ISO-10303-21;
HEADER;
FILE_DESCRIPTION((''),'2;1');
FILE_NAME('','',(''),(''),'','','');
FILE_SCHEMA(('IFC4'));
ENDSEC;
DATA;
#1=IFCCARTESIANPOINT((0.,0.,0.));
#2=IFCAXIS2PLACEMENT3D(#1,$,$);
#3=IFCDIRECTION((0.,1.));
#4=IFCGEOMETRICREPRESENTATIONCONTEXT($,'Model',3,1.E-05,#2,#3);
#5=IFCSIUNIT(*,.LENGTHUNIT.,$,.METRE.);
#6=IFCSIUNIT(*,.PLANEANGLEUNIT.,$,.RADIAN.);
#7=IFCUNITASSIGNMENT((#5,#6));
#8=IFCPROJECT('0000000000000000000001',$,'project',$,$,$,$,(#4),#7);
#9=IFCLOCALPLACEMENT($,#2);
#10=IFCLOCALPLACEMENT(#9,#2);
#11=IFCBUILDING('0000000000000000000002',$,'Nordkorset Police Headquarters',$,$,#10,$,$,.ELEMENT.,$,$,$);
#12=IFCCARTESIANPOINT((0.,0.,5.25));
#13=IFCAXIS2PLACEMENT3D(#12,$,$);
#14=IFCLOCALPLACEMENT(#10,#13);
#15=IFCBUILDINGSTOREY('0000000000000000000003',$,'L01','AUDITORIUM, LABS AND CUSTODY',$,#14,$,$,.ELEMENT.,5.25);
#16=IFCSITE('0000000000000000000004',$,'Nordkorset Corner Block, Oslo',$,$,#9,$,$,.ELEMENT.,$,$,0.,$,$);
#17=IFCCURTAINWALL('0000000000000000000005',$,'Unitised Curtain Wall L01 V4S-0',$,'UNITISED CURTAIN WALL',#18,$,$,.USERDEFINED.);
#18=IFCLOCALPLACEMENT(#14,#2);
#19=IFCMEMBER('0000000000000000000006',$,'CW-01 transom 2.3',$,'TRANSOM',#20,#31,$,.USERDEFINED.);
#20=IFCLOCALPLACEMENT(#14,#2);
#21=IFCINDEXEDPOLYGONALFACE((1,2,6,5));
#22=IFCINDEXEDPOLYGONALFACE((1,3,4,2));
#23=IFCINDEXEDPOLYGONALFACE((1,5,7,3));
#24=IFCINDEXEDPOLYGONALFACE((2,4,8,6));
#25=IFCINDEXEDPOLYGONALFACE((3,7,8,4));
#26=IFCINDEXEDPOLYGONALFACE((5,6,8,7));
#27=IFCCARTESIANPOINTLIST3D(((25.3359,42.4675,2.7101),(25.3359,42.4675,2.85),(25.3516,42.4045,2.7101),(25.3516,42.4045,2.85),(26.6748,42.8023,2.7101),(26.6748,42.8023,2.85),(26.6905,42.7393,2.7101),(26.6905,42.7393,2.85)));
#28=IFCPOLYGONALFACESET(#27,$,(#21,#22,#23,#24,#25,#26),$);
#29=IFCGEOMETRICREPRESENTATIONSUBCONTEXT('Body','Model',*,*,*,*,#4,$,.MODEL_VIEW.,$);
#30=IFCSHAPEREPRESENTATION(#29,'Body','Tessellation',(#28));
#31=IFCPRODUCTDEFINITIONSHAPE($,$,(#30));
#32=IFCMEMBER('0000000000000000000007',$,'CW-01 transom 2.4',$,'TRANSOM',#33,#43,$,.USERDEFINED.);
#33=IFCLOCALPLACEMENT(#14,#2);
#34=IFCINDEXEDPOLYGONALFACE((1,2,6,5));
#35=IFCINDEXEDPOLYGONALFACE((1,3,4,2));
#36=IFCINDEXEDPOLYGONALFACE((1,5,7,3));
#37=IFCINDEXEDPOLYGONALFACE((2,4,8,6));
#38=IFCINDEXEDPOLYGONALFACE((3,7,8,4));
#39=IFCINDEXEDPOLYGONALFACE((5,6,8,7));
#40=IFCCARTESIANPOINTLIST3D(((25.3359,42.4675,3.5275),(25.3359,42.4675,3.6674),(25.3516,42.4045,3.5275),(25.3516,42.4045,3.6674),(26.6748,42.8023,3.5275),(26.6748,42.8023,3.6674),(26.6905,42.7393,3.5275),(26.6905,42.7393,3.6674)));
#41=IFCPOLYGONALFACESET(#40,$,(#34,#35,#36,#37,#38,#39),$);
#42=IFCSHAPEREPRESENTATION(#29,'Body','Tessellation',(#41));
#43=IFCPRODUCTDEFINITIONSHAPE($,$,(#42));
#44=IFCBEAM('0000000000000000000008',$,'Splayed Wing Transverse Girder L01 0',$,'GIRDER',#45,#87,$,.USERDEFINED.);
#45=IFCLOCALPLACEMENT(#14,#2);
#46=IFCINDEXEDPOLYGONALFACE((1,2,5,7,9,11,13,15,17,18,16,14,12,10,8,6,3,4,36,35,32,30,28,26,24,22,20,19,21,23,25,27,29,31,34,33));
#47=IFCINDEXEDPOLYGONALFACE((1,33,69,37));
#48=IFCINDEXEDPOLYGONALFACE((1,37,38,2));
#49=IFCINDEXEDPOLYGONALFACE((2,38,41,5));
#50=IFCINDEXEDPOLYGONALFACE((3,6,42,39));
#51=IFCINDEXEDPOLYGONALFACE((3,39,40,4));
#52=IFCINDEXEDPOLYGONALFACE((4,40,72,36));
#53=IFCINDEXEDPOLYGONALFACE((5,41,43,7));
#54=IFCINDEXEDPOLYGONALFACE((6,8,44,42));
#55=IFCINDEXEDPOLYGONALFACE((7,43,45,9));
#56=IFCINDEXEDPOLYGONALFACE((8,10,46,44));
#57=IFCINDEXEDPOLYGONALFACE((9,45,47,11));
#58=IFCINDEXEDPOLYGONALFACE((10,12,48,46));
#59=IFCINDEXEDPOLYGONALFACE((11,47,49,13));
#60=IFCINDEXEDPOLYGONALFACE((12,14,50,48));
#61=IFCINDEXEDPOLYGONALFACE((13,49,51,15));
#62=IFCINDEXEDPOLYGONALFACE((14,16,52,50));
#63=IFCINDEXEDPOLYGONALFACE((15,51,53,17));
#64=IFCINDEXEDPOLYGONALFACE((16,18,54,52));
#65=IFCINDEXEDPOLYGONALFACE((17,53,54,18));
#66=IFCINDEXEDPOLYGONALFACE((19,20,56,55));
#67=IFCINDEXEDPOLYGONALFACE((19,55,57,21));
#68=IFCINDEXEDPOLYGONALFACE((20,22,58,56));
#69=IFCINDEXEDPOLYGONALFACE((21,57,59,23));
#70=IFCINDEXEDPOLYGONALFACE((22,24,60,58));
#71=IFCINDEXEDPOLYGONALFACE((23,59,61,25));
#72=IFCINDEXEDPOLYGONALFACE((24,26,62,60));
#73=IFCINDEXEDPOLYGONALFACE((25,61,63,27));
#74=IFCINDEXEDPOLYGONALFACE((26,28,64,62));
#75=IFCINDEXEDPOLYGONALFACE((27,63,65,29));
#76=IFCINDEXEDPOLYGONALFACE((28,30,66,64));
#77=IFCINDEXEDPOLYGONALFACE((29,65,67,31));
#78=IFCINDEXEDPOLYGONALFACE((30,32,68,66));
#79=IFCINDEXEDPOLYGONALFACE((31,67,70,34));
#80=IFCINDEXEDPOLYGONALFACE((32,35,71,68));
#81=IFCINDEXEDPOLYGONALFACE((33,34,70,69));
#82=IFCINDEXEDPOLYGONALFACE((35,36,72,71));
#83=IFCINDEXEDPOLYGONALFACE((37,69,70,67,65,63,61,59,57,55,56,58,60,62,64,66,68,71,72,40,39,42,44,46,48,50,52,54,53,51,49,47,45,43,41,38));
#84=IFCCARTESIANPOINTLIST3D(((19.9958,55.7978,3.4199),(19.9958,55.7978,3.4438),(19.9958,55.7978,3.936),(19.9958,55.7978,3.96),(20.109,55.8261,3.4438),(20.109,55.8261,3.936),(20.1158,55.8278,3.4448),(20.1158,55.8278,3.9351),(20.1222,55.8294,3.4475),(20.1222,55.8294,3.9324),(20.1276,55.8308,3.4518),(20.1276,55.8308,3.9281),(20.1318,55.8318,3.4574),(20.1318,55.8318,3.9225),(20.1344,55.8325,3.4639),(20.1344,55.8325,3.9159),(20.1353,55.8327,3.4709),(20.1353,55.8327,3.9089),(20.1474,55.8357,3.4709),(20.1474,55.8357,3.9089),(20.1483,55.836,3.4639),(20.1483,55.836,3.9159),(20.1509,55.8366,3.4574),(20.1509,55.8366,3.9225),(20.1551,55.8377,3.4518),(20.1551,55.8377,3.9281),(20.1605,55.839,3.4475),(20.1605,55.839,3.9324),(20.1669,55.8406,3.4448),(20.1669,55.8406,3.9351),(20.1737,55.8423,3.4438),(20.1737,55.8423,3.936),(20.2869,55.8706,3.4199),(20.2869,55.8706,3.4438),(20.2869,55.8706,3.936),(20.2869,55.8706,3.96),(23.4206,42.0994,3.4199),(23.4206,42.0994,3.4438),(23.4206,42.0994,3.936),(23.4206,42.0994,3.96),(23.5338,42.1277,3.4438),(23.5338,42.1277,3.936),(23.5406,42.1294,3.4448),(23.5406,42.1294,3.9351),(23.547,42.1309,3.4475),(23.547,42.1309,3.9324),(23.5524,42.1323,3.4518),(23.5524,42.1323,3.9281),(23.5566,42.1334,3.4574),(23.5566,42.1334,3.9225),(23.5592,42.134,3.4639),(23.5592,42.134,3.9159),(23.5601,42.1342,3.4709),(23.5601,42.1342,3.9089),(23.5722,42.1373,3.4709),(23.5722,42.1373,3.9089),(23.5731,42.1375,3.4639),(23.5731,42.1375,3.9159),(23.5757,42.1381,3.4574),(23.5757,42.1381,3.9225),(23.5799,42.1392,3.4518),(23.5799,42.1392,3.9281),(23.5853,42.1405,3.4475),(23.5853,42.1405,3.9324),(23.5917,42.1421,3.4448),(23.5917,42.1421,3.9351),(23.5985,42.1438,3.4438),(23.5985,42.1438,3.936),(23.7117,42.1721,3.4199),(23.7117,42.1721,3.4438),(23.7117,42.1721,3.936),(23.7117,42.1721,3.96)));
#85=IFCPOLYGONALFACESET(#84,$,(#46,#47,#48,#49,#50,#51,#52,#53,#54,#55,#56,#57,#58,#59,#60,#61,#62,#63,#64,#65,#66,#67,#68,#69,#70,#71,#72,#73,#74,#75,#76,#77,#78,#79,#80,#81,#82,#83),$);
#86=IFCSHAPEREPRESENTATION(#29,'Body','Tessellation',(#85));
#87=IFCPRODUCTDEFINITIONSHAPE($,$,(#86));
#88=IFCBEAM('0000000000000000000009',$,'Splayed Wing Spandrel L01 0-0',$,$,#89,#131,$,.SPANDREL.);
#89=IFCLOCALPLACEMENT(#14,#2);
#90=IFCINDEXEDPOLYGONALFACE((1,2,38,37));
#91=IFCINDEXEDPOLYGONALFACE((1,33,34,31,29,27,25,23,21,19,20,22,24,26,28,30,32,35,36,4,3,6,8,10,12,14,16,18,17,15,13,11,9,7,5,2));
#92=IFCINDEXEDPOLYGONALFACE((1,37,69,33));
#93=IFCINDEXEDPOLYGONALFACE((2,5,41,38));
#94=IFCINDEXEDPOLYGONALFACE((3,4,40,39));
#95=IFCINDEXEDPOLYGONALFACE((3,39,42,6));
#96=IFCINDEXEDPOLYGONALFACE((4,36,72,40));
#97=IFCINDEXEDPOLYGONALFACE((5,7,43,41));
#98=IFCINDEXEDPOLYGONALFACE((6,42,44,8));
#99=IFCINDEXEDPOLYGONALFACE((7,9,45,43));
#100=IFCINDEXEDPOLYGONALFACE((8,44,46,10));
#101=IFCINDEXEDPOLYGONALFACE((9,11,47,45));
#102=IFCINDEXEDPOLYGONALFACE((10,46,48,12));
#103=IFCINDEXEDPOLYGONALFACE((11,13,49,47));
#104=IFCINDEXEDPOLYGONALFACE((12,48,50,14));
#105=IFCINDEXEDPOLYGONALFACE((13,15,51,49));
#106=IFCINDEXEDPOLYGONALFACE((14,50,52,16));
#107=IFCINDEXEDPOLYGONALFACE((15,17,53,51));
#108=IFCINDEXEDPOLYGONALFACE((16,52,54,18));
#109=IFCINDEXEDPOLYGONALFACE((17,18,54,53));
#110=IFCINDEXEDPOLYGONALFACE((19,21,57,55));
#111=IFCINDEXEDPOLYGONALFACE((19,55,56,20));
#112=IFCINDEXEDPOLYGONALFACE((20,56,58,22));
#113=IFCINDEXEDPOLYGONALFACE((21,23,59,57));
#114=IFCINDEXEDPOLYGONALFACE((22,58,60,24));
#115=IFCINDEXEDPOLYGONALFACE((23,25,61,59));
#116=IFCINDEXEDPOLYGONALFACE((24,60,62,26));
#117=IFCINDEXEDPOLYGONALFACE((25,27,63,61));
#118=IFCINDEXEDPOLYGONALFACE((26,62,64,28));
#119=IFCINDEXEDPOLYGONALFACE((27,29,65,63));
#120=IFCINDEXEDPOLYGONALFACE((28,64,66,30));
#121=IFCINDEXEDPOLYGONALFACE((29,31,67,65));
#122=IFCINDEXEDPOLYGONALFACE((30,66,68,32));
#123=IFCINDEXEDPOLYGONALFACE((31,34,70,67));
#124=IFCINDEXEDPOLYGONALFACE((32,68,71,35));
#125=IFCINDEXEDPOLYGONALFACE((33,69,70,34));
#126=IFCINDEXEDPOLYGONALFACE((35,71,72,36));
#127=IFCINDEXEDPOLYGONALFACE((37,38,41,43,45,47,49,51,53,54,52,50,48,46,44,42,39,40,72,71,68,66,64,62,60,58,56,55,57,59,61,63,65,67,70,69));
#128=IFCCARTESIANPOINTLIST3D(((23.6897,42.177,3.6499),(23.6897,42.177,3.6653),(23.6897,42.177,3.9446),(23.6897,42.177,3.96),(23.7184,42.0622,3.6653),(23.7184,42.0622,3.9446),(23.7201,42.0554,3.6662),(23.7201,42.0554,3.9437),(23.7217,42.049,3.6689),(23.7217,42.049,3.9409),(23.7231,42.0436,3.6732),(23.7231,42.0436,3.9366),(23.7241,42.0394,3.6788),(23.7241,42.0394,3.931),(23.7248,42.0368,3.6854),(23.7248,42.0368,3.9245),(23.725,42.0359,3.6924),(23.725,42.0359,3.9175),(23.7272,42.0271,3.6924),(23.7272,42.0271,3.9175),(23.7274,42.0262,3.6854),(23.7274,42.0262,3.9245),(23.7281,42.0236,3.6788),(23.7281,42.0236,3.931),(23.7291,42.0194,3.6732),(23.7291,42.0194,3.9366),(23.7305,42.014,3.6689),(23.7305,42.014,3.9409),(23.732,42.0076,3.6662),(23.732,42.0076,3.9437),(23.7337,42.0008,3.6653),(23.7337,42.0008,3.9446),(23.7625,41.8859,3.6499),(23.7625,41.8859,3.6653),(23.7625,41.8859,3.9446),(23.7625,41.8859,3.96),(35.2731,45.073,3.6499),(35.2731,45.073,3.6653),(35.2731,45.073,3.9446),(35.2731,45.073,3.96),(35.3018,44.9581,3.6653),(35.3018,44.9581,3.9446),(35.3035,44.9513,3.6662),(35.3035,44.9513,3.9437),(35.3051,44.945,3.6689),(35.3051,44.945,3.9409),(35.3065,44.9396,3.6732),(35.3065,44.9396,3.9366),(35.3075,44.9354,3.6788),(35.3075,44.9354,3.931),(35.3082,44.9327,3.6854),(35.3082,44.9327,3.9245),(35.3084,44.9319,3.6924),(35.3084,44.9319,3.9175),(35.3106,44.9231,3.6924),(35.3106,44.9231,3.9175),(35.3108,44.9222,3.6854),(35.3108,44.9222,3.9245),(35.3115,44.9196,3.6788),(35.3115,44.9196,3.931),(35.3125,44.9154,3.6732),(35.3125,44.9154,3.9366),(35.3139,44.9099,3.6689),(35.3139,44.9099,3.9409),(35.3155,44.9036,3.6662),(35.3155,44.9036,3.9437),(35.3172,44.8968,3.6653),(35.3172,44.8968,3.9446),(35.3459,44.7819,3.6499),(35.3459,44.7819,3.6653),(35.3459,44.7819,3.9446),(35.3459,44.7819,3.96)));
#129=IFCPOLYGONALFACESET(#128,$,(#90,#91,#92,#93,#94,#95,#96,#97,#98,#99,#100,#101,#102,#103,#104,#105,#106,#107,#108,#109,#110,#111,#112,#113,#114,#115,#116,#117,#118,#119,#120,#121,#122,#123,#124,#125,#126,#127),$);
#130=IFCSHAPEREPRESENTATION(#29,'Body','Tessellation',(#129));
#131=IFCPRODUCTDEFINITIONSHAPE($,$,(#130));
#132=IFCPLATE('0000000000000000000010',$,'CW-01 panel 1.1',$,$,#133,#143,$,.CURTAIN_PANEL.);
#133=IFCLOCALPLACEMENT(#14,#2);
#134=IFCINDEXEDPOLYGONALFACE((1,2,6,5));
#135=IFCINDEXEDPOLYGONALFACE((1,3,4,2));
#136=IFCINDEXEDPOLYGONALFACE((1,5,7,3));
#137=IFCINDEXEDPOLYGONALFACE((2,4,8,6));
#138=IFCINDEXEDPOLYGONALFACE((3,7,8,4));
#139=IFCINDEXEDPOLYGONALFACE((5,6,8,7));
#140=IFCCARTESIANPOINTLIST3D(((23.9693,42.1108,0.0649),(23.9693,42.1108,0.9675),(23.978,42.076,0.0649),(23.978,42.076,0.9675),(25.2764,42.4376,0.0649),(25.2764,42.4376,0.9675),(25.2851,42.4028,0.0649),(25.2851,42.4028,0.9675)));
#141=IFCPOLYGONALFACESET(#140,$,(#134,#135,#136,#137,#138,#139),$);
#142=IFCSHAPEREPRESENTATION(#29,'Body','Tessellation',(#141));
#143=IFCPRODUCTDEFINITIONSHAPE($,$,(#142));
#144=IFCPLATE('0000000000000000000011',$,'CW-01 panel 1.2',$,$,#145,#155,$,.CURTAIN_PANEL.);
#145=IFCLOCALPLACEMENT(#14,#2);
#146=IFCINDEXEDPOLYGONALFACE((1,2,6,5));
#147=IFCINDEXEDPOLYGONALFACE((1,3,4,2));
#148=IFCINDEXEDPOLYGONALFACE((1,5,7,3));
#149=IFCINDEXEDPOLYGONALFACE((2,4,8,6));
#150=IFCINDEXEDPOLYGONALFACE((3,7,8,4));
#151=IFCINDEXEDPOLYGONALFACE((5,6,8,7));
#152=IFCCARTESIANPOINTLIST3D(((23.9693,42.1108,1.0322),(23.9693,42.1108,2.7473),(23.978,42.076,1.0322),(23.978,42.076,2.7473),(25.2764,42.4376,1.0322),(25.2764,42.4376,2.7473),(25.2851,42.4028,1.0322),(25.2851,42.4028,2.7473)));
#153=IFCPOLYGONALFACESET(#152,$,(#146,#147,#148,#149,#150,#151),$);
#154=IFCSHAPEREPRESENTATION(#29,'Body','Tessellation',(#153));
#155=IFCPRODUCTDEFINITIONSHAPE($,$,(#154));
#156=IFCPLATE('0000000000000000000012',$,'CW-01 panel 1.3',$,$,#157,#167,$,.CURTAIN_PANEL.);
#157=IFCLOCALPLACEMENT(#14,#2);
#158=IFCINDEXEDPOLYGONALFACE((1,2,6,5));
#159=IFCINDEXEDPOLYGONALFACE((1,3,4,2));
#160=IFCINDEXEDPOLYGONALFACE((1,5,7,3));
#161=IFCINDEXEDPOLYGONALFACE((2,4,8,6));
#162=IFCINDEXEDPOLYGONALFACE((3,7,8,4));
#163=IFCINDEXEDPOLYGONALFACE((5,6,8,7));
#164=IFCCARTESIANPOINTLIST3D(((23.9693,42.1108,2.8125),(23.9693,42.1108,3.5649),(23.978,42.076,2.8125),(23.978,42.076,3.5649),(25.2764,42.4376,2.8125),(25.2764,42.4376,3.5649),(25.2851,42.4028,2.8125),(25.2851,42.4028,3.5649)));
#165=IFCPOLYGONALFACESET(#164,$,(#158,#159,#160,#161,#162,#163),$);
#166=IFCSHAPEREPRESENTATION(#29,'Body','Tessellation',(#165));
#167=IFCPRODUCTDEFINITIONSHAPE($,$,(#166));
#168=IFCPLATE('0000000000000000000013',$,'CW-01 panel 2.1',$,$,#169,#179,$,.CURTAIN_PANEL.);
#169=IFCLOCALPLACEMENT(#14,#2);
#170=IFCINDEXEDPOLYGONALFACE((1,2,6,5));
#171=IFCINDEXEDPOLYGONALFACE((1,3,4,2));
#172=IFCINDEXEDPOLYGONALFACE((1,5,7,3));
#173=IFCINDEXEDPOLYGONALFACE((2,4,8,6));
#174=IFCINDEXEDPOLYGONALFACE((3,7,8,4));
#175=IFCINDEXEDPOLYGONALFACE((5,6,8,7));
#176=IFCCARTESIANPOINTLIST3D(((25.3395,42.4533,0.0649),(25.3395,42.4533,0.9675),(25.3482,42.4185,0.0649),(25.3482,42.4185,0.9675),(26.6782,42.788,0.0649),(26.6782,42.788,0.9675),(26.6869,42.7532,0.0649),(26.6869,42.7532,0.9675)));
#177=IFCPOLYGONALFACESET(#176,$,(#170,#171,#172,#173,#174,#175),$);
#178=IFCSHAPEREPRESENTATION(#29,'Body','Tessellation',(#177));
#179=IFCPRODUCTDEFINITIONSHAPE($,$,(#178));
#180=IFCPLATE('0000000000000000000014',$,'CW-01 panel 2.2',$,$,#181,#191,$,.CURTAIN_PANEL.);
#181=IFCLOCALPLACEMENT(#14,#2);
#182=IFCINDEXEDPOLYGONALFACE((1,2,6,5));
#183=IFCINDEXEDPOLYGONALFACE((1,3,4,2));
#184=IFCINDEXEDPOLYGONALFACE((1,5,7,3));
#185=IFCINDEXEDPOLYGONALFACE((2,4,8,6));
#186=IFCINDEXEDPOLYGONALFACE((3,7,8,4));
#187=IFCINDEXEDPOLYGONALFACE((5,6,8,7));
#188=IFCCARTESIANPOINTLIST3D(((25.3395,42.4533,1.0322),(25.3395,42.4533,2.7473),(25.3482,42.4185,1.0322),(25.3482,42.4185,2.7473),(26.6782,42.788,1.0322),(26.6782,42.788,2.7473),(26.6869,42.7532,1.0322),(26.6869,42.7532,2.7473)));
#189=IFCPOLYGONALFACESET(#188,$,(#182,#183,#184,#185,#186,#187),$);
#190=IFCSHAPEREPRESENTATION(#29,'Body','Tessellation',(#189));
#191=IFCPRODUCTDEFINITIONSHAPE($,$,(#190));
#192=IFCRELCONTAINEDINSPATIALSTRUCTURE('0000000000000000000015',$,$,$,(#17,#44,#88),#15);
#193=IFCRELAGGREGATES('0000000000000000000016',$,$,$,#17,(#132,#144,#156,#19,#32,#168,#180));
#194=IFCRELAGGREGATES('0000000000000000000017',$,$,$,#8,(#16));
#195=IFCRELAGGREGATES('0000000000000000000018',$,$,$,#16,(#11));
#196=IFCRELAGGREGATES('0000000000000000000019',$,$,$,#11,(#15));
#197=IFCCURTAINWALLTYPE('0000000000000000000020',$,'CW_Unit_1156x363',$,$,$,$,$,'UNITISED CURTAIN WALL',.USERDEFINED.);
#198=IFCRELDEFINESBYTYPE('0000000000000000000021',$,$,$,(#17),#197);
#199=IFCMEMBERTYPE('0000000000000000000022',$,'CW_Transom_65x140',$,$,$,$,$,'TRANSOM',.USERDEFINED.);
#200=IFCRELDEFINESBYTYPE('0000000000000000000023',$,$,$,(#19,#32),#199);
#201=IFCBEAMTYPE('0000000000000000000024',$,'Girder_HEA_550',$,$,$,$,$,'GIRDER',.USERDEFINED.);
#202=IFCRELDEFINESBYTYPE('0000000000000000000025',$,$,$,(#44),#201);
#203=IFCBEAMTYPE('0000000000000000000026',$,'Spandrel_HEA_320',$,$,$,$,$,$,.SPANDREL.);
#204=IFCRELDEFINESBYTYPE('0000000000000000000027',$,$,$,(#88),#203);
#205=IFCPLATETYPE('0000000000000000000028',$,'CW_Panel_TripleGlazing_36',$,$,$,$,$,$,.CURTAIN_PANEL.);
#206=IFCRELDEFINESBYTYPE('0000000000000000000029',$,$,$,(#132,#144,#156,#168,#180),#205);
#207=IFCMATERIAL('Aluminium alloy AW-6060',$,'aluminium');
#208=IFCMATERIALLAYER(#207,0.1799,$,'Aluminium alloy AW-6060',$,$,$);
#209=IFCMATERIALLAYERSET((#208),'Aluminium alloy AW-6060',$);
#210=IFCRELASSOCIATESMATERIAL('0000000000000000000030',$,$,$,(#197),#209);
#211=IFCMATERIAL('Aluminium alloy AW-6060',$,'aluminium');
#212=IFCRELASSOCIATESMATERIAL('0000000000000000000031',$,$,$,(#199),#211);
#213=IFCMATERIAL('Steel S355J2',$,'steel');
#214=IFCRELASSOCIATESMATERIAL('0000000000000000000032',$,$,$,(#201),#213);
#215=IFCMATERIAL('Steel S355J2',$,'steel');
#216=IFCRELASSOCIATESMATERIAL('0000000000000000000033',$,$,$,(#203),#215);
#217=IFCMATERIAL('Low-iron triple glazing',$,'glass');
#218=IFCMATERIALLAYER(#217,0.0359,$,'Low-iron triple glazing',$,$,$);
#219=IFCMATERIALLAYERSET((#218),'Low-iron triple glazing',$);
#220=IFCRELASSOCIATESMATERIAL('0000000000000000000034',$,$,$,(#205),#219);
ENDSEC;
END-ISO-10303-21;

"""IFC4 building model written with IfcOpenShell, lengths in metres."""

from ifc_helpers import new_model, si_unit, direction, frame, origin, origin_2d, place, context, subcontext, project, spatial, rectangle, i_section, extrude, material, layer, layer_set, material_profile, profile_set, type_object, element, aggregate, save


model = new_model("IFC4")

# Units and contexts
model_context = context("Model", 3, precision=1e-05, world=origin(), true_north=direction((0.0, 1.0)))
body_context = subcontext(model_context, "Body", "Model", "MODEL_VIEW")
ifc_project = project(units=[si_unit("LENGTHUNIT", "METRE"), si_unit("PLANEANGLEUNIT", "RADIAN")], contexts=[model_context])

# Site, building, storey
site_placement = place(None, origin())
site = spatial("IfcSite", under=ifc_project, at=site_placement, Name="Nordkorset Corner Block, Oslo", CompositionType="ELEMENT", RefElevation=0.0)
building_placement = place(site_placement, origin())
building = spatial("IfcBuilding", under=site, at=building_placement, Name="Nordkorset Police Headquarters", CompositionType="ELEMENT")
storey_placement = place(building_placement, frame((0.0, 0.0, 5.25)))
storey = spatial("IfcBuildingStorey", under=building, at=storey_placement, Name="L01", Description="AUDITORIUM, LABS AND CUSTODY", CompositionType="ELEMENT", Elevation=5.25)

# Curtain wall
ifc_material_1 = material(Name="Aluminium alloy AW-6060", Category="aluminium")
ifc_layer_1 = layer(ifc_material_1, 0.1799, Name="Aluminium alloy AW-6060")
ifc_layer_set_1 = layer_set([ifc_layer_1], Name="Aluminium alloy AW-6060")
curtain_wall_type_1 = type_object("IfcCurtainWallType", Name="CW_Unit_1156x363", ElementType="UNITISED CURTAIN WALL", PredefinedType="USERDEFINED", material=ifc_layer_set_1)
curtain_wall_1_placement = place(storey_placement, origin())
curtain_wall_1 = element("IfcCurtainWall", 1, at=curtain_wall_1_placement, inside=storey, type_object=curtain_wall_type_1, Name="Unitised Curtain Wall L01 V4S-0", ObjectType="UNITISED CURTAIN WALL", PredefinedType="USERDEFINED")

# Members
ifc_material_2 = material(Name="Aluminium alloy AW-6060", Category="aluminium")
ifc_material_profile_1 = material_profile(ifc_material_2, rectangle(XDim=0.0649, YDim=0.1399, at=origin_2d()), Name="ALU TRAN 65x140")
ifc_profile_set_1 = profile_set([ifc_material_profile_1], Name="Aluminium alloy AW-6060")
member_type_1 = type_object("IfcMemberType", Name="CW_Transom_65x140", ElementType="TRANSOM", PredefinedType="USERDEFINED", material=ifc_profile_set_1)
member_1_placement = place(storey_placement, frame((25.3438, 42.436, 2.78), z_axis=(0.970143, 0.242536, 0.0), x_axis=(-0.242536, 0.970143, 0.0)))
member_1 = element("IfcMember", 2, at=member_1_placement, type_object=member_type_1, Name="CW-01 transom 2.3", ObjectType="TRANSOM", PredefinedType="USERDEFINED", context=body_context, shape_type="SweptSolid", body=[
    extrude(rectangle(XDim=0.0649, YDim=0.1399, at=origin_2d()), origin(), (0.0, 0.0, 1.0), 1.3801),
])
member_2_placement = place(storey_placement, frame((25.3438, 42.436, 3.5974), z_axis=(0.970143, 0.242536, 0.0), x_axis=(-0.242536, 0.970143, 0.0)))
member_2 = element("IfcMember", 3, at=member_2_placement, type_object=member_type_1, Name="CW-01 transom 2.4", ObjectType="TRANSOM", PredefinedType="USERDEFINED", context=body_context, shape_type="SweptSolid", body=[
    extrude(rectangle(XDim=0.0649, YDim=0.1399, at=origin_2d()), origin(), (0.0, 0.0, 1.0), 1.3801),
])

# Beams
ifc_material_3 = material(Name="Steel S355J2", Category="steel")
ifc_material_profile_2 = material_profile(ifc_material_3, i_section(OverallWidth=0.3, OverallDepth=0.54, WebThickness=0.0125, FlangeThickness=0.0239, FilletRadius=0.0271, at=origin_2d()), Name="HEA 550")
ifc_profile_set_2 = profile_set([ifc_material_profile_2], Name="Steel S355J2")
beam_type_1 = type_object("IfcBeamType", Name="Girder_HEA_550", ElementType="GIRDER", PredefinedType="USERDEFINED", material=ifc_profile_set_2)
beam_1_placement = place(storey_placement, frame((23.5662, 42.1357, 3.6899), z_axis=(-0.242548, 0.970139, 0.0), x_axis=(-0.970139, -0.242548, 0.0)))
element("IfcBeam", 4, at=beam_1_placement, inside=storey, type_object=beam_type_1, Name="Splayed Wing Transverse Girder L01 0", ObjectType="GIRDER", PredefinedType="USERDEFINED", context=body_context, shape_type="SweptSolid", body=[
    extrude(i_section(OverallWidth=0.3, OverallDepth=0.54, WebThickness=0.0125, FlangeThickness=0.0239, FilletRadius=0.0271, at=origin_2d()), origin(), (0.0, 0.0, 1.0), 14.1201),
])
ifc_material_4 = material(Name="Steel S355J2", Category="steel")
ifc_material_profile_3 = material_profile(ifc_material_4, i_section(OverallWidth=0.3, OverallDepth=0.3101, WebThickness=0.009, FlangeThickness=0.0154, FilletRadius=0.0271, at=origin_2d()), Name="HEA 320")
ifc_profile_set_3 = profile_set([ifc_material_profile_3], Name="Steel S355J2")
beam_type_2 = type_object("IfcBeamType", Name="Spandrel_HEA_320", PredefinedType="SPANDREL", material=ifc_profile_set_3)
beam_2_placement = place(storey_placement, frame((23.7261, 42.0315, 3.8049), z_axis=(0.97014, 0.242545, 0.0), x_axis=(-0.242545, 0.97014, 0.0)))
element("IfcBeam", 5, at=beam_2_placement, inside=storey, type_object=beam_type_2, Name="Splayed Wing Spandrel L01 0-0", PredefinedType="SPANDREL", context=body_context, shape_type="SweptSolid", body=[
    extrude(i_section(OverallWidth=0.3, OverallDepth=0.3101, WebThickness=0.009, FlangeThickness=0.0154, FilletRadius=0.0271, at=origin_2d()), origin(), (0.0, 0.0, 1.0), 11.9399),
])

# Plates
ifc_material_5 = material(Name="Low-iron triple glazing", Category="glass")
ifc_layer_2 = layer(ifc_material_5, 0.0359, Name="Low-iron triple glazing")
ifc_layer_set_2 = layer_set([ifc_layer_2], Name="Low-iron triple glazing")
plate_type_1 = type_object("IfcPlateType", Name="CW_Panel_TripleGlazing_36", PredefinedType="CURTAIN_PANEL", material=ifc_layer_set_2)
plate_1_placement = place(storey_placement, frame((24.6272, 42.2568, 0.0649), z_axis=(0.0, 0.0, 1.0), x_axis=(0.970143, 0.242536, 0.0)))
plate_1 = element("IfcPlate", 6, at=plate_1_placement, type_object=plate_type_1, Name="CW-01 panel 1.1", PredefinedType="CURTAIN_PANEL", context=body_context, shape_type="SweptSolid", body=[
    extrude(rectangle(XDim=1.3474, YDim=0.0359, at=origin_2d()), origin(), (0.0, 0.0, 1.0), 0.9026),
])
plate_2_placement = place(storey_placement, frame((24.6272, 42.2568, 1.0322), z_axis=(0.0, 0.0, 1.0), x_axis=(0.970143, 0.242536, 0.0)))
plate_2 = element("IfcPlate", 7, at=plate_2_placement, type_object=plate_type_1, Name="CW-01 panel 1.2", PredefinedType="CURTAIN_PANEL", context=body_context, shape_type="SweptSolid", body=[
    extrude(rectangle(XDim=1.3474, YDim=0.0359, at=origin_2d()), origin(), (0.0, 0.0, 1.0), 1.7151),
])
plate_3_placement = place(storey_placement, frame((24.6272, 42.2568, 2.8125), z_axis=(0.0, 0.0, 1.0), x_axis=(0.970143, 0.242536, 0.0)))
plate_3 = element("IfcPlate", 8, at=plate_3_placement, type_object=plate_type_1, Name="CW-01 panel 1.3", PredefinedType="CURTAIN_PANEL", context=body_context, shape_type="SweptSolid", body=[
    extrude(rectangle(XDim=1.3474, YDim=0.0359, at=origin_2d()), origin(), (0.0, 0.0, 1.0), 0.7524),
])
plate_4_placement = place(storey_placement, frame((26.0132, 42.6033, 0.0649), z_axis=(0.0, 0.0, 1.0), x_axis=(0.970143, 0.242536, 0.0)))
plate_4 = element("IfcPlate", 9, at=plate_4_placement, type_object=plate_type_1, Name="CW-01 panel 2.1", PredefinedType="CURTAIN_PANEL", context=body_context, shape_type="SweptSolid", body=[
    extrude(rectangle(XDim=1.3799, YDim=0.0359, at=origin_2d()), origin(), (0.0, 0.0, 1.0), 0.9026),
])
plate_5_placement = place(storey_placement, frame((26.0132, 42.6033, 1.0322), z_axis=(0.0, 0.0, 1.0), x_axis=(0.970143, 0.242536, 0.0)))
plate_5 = element("IfcPlate", 10, at=plate_5_placement, type_object=plate_type_1, Name="CW-01 panel 2.2", PredefinedType="CURTAIN_PANEL", context=body_context, shape_type="SweptSolid", body=[
    extrude(rectangle(XDim=1.3799, YDim=0.0359, at=origin_2d()), origin(), (0.0, 0.0, 1.0), 1.7151),
])
aggregate(curtain_wall_1, [plate_1, plate_2, plate_3, member_1, member_2, plate_4, plate_5])

save(model, "model.ifc")
